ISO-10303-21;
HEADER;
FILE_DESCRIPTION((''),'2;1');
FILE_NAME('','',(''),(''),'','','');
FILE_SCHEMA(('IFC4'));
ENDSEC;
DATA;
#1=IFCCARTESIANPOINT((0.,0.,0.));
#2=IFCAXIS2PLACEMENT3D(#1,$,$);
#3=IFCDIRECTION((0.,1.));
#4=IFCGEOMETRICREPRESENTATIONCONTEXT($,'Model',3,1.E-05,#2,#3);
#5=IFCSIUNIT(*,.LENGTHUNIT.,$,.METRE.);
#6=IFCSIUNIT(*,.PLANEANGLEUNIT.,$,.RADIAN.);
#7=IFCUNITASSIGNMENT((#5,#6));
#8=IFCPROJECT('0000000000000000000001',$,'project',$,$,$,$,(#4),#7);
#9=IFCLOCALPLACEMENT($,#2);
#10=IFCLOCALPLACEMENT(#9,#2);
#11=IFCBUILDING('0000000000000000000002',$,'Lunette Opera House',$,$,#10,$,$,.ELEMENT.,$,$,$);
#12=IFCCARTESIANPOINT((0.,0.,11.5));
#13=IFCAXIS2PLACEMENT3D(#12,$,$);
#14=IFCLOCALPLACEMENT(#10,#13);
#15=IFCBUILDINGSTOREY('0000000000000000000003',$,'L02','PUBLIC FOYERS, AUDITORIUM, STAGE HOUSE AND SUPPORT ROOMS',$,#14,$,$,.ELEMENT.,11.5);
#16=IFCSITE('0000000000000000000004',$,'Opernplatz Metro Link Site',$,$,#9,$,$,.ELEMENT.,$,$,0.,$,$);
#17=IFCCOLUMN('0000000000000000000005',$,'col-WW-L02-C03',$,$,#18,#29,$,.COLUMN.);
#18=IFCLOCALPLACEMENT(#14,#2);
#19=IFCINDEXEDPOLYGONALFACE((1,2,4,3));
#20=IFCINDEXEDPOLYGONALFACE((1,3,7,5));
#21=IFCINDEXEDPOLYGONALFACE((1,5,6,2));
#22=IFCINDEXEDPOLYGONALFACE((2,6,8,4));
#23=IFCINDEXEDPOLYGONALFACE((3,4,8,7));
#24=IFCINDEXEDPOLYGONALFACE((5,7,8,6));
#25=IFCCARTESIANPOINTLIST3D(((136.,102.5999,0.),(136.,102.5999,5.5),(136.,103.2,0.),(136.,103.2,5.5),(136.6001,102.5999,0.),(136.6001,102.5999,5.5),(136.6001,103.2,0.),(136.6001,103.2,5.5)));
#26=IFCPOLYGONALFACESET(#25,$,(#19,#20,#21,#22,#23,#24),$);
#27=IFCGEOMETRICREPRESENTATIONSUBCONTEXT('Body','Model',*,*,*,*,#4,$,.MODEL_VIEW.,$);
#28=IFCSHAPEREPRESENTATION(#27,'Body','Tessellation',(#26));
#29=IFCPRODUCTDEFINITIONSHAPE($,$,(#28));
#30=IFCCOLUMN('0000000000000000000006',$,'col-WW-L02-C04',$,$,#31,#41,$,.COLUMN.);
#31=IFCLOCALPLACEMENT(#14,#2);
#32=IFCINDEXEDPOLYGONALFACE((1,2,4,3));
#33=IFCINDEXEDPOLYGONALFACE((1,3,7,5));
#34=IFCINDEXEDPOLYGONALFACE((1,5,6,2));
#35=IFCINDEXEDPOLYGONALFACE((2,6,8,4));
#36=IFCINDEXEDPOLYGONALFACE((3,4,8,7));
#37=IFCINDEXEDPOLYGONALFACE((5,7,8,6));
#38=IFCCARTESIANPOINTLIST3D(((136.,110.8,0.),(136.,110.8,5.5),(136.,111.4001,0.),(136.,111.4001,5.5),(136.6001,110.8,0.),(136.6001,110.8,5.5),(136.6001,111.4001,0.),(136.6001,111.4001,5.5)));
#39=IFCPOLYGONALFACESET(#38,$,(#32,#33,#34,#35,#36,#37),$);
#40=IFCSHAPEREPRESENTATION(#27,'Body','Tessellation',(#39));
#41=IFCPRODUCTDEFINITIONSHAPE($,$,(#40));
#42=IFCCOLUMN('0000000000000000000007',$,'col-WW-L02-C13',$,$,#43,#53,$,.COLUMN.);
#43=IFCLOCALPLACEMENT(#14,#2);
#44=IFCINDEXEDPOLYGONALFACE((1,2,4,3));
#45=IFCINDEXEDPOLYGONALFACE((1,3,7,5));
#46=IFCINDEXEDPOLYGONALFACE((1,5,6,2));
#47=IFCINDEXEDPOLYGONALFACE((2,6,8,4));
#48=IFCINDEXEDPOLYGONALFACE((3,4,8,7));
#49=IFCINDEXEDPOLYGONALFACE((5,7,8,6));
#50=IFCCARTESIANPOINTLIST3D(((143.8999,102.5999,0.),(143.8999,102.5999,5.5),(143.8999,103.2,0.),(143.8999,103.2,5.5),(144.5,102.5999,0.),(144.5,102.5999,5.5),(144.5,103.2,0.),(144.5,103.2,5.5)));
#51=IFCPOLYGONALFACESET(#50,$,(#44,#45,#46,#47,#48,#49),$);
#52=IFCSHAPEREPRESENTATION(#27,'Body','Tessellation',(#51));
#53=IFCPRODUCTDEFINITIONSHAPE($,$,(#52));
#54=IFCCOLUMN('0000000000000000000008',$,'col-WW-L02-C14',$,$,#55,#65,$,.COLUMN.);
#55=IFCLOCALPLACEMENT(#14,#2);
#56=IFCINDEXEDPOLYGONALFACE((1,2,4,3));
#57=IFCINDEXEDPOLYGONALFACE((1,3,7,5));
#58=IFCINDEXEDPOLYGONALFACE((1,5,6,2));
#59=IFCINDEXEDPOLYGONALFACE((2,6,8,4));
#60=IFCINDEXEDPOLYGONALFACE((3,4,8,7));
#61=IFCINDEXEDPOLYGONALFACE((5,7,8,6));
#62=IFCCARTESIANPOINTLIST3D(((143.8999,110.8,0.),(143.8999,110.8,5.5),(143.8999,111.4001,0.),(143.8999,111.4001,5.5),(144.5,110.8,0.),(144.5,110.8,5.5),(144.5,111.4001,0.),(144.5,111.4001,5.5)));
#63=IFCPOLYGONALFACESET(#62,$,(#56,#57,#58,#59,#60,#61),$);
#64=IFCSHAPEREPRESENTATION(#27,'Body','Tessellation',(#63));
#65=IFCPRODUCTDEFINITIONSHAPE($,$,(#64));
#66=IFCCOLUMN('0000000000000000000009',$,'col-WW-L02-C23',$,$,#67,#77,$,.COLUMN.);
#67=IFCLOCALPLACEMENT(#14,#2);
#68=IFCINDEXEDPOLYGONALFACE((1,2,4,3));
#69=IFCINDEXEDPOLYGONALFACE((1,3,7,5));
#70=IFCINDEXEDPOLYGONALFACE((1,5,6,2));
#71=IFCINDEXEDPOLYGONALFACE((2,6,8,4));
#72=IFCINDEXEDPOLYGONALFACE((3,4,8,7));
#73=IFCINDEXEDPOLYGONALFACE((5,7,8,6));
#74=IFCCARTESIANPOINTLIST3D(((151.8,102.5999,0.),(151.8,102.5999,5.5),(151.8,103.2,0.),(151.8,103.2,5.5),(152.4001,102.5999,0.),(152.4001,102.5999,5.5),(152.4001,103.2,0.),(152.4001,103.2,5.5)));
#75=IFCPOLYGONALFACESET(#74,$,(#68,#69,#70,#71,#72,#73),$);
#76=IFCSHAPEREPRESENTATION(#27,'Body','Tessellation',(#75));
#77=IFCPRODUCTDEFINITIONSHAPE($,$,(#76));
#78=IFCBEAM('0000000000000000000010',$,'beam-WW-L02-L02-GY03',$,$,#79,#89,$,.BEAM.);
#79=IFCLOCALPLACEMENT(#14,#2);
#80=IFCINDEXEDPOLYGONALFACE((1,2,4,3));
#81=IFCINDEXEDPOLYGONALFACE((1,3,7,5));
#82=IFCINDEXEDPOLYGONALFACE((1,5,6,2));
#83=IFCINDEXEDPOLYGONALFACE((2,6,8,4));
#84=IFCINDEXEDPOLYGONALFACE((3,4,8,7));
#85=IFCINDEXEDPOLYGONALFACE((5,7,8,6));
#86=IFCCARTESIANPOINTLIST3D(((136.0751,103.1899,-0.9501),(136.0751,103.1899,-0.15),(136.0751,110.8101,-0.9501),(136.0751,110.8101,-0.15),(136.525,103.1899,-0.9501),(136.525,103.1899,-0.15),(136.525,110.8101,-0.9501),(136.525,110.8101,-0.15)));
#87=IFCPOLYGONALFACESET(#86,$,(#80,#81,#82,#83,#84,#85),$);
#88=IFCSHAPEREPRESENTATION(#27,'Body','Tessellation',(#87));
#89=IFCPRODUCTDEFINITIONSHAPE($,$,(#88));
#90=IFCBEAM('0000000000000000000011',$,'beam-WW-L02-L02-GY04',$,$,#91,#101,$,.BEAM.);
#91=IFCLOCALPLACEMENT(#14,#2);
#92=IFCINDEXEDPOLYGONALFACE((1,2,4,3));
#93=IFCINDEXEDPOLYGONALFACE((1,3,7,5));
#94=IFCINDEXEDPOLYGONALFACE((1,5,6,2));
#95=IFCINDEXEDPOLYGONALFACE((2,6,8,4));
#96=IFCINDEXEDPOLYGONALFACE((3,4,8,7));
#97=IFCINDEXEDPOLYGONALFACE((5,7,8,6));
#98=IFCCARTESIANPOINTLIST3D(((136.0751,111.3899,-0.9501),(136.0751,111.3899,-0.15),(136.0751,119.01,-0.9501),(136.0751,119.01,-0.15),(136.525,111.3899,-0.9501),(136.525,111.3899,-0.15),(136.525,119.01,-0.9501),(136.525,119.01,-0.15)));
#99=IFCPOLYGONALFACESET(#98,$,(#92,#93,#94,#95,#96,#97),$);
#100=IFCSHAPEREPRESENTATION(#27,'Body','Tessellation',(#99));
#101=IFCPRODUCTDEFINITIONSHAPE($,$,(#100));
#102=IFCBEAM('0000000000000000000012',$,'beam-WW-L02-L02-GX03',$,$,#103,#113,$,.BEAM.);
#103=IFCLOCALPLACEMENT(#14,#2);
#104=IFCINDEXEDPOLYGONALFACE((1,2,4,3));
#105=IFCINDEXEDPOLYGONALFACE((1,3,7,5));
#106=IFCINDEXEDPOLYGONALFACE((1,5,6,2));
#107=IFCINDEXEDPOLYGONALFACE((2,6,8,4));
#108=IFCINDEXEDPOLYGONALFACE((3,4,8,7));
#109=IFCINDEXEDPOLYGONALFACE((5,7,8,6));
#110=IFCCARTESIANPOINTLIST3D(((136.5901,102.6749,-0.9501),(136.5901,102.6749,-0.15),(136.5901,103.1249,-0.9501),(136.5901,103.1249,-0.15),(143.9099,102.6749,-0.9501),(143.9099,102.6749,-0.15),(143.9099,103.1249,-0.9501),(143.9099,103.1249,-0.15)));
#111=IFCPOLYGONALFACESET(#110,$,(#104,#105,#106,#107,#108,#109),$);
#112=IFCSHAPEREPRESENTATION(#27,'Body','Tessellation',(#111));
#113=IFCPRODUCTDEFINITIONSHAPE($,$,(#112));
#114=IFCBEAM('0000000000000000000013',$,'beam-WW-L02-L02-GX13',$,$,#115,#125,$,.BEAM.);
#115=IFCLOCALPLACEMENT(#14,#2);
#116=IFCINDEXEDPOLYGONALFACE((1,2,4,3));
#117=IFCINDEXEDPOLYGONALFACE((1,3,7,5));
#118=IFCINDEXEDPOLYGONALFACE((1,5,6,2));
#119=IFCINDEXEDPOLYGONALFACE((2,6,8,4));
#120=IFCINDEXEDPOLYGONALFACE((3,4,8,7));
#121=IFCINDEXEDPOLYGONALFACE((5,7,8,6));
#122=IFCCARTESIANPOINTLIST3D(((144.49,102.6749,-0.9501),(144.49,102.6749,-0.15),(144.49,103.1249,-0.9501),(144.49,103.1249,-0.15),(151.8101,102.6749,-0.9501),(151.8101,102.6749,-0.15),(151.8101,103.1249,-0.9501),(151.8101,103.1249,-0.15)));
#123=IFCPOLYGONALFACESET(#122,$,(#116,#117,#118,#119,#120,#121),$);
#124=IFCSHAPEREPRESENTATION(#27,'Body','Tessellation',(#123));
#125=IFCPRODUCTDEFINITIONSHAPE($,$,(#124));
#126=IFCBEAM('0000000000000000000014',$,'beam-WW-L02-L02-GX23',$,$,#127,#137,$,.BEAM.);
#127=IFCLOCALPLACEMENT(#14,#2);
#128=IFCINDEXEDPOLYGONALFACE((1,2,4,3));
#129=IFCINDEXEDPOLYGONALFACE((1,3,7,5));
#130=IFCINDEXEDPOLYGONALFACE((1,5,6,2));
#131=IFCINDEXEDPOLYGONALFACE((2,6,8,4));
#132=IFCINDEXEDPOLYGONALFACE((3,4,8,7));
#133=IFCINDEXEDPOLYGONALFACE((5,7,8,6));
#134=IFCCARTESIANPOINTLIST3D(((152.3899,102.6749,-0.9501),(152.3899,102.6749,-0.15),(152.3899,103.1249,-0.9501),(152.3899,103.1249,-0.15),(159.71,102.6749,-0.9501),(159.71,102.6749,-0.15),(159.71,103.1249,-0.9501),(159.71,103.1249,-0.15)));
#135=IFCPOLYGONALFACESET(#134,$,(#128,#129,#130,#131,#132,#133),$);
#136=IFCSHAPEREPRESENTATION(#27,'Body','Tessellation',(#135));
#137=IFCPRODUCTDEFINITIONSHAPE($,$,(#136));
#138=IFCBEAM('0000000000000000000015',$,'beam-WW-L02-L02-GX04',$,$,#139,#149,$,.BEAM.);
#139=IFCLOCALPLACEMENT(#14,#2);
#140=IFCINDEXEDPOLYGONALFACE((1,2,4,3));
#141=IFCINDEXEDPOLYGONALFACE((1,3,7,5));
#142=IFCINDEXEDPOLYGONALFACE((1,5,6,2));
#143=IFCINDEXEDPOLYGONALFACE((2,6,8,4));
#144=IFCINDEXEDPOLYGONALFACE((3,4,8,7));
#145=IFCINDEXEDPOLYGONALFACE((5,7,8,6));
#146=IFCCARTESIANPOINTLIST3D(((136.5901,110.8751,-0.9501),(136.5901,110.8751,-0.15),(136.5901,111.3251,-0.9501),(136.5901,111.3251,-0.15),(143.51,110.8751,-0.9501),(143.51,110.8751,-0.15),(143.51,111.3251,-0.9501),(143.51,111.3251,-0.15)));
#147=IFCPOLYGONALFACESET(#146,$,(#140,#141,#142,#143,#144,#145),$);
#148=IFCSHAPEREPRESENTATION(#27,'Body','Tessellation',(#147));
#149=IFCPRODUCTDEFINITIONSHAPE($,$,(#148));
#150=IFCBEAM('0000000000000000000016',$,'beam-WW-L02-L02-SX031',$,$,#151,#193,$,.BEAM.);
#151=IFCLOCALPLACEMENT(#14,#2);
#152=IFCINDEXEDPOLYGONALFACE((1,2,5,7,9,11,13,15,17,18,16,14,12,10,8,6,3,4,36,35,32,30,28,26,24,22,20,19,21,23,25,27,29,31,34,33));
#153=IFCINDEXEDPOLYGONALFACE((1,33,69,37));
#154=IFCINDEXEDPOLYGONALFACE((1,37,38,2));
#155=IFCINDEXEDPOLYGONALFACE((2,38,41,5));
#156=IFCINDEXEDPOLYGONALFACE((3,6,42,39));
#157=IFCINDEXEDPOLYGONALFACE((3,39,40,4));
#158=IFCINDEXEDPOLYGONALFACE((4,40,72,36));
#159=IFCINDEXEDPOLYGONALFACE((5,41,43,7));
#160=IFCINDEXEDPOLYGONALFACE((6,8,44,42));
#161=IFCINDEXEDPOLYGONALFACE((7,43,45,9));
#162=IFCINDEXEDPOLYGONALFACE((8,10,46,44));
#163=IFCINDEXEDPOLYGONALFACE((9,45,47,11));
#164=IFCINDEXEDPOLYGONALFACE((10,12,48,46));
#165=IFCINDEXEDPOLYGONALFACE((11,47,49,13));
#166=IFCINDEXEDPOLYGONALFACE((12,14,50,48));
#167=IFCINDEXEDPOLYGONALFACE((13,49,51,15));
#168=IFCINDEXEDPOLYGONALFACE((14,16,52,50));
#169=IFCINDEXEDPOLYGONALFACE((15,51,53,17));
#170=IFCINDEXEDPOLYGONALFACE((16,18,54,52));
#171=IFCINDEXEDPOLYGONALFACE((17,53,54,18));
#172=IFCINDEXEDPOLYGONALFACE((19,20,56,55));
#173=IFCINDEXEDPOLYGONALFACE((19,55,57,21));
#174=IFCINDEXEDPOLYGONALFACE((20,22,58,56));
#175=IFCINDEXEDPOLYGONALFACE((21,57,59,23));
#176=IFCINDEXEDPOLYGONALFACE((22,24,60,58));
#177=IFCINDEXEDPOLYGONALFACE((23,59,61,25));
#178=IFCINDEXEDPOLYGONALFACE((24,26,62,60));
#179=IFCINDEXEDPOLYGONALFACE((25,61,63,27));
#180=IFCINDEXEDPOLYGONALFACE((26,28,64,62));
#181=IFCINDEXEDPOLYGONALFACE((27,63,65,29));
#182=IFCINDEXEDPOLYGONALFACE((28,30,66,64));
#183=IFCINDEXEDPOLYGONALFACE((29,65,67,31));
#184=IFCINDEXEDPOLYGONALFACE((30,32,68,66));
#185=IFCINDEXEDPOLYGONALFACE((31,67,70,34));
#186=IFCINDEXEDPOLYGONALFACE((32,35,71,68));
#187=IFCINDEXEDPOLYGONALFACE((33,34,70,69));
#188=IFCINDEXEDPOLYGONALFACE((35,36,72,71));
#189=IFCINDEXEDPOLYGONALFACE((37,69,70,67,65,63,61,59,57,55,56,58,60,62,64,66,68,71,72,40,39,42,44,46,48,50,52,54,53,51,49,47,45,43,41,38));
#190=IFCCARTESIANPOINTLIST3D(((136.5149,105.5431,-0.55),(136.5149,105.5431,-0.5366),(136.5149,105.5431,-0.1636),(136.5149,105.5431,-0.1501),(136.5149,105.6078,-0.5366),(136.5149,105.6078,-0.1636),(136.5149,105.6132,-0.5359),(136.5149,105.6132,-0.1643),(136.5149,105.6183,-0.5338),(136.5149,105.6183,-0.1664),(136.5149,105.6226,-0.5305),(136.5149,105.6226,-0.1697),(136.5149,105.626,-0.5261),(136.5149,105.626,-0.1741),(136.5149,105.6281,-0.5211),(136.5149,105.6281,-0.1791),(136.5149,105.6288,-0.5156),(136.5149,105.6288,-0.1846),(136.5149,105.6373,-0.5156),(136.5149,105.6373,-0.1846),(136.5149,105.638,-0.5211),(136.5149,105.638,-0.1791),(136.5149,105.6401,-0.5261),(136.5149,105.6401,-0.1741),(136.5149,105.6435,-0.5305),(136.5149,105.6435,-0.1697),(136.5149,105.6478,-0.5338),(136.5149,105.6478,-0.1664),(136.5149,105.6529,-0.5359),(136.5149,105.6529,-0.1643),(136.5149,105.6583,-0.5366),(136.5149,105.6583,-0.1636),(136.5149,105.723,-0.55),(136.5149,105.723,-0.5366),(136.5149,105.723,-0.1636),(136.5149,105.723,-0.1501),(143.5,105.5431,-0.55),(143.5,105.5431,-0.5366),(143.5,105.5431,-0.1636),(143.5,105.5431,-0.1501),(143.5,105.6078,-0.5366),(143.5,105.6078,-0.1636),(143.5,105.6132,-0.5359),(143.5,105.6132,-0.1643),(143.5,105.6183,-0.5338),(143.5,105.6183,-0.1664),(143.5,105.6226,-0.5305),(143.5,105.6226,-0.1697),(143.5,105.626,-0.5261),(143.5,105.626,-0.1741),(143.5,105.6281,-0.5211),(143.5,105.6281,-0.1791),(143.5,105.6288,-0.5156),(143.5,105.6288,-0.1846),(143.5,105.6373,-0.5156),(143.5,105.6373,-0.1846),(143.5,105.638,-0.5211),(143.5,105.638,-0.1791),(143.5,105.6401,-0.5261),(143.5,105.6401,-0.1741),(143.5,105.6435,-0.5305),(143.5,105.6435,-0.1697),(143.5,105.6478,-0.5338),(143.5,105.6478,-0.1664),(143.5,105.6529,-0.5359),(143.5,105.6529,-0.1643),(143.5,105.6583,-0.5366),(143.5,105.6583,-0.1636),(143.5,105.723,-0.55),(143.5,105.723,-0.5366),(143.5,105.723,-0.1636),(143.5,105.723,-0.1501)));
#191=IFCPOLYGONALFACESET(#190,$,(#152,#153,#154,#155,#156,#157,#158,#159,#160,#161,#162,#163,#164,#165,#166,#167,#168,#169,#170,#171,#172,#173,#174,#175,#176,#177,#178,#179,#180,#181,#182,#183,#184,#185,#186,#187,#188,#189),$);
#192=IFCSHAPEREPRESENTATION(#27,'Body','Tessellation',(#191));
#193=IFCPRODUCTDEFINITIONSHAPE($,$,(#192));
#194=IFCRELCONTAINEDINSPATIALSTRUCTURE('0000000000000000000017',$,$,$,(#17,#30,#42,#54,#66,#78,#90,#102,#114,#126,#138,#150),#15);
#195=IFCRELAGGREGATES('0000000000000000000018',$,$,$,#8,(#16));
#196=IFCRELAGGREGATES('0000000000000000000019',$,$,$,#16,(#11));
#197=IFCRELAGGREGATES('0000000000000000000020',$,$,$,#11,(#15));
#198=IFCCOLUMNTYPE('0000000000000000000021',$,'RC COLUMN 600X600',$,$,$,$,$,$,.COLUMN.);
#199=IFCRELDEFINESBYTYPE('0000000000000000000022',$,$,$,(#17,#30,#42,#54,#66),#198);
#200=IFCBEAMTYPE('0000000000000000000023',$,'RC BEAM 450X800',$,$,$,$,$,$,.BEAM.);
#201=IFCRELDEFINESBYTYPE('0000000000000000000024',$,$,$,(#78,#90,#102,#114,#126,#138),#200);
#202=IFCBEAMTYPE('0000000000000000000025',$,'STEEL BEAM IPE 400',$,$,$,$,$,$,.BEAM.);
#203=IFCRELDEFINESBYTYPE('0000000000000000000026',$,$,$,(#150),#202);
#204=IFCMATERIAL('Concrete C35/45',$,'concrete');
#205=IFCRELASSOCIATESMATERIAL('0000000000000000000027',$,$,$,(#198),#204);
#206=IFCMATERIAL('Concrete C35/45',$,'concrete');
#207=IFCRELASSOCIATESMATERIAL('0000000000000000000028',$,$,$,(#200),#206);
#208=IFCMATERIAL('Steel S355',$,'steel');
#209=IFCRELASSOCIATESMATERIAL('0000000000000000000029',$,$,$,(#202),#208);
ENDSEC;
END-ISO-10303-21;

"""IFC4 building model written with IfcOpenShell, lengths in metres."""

from ifc_helpers import new_model, si_unit, direction, frame, origin, origin_2d, place, context, subcontext, project, spatial, rectangle, i_section, extrude, material, material_profile, profile_set, type_object, element, save


model = new_model("IFC4")

# Units and contexts
model_context = context("Model", 3, precision=1e-05, world=origin(), true_north=direction((0.0, 1.0)))
body_context = subcontext(model_context, "Body", "Model", "MODEL_VIEW")
ifc_project = project(units=[si_unit("LENGTHUNIT", "METRE"), si_unit("PLANEANGLEUNIT", "RADIAN")], contexts=[model_context])

# Site, building, storey
site_placement = place(None, origin())
site = spatial("IfcSite", under=ifc_project, at=site_placement, Name="Opernplatz Metro Link Site", CompositionType="ELEMENT", RefElevation=0.0)
building_placement = place(site_placement, origin())
building = spatial("IfcBuilding", under=site, at=building_placement, Name="Lunette Opera House", CompositionType="ELEMENT")
storey_placement = place(building_placement, frame((0.0, 0.0, 11.5)))
storey = spatial("IfcBuildingStorey", under=building, at=storey_placement, Name="L02", Description="PUBLIC FOYERS, AUDITORIUM, STAGE HOUSE AND SUPPORT ROOMS", CompositionType="ELEMENT", Elevation=11.5)

# Columns
ifc_material_1 = material(Name="Concrete C35/45", Category="concrete")
ifc_material_profile_1 = material_profile(ifc_material_1, rectangle(XDim=0.6001, YDim=0.6001, at=origin_2d()), Name="RC COLUMN 600X600")
ifc_profile_set_1 = profile_set([ifc_material_profile_1], Name="Concrete C35/45")
column_type = type_object("IfcColumnType", Name="RC COLUMN 600X600", PredefinedType="COLUMN", material=ifc_profile_set_1)
for number, where, z_axis, x_axis, name in (
    (1, (136.3, 102.8999, 0.0), (0.0, 0.0, 1.0), (1.0, 0.0, 0.0), "col-WW-L02-C03"),
    (2, (136.3, 111.1001, 0.0), (0.0, 0.0, 1.0), (1.0, 0.0, 0.0), "col-WW-L02-C04"),
    (3, (144.2, 102.8999, 0.0), (0.0, 0.0, 1.0), (1.0, 0.0, 0.0), "col-WW-L02-C13"),
    (4, (144.2, 111.1001, 0.0), (0.0, 0.0, 1.0), (1.0, 0.0, 0.0), "col-WW-L02-C14"),
    (5, (152.1001, 102.8999, 0.0), (0.0, 0.0, 1.0), (1.0, 0.0, 0.0), "col-WW-L02-C23"),
):
    element("IfcColumn", number, at=place(storey_placement, frame(where, z_axis=z_axis, x_axis=x_axis)), inside=storey, type_object=column_type, Name=name, PredefinedType="COLUMN", context=body_context, shape_type="SweptSolid", body=[
        extrude(rectangle(XDim=0.6001, YDim=0.6001, at=origin_2d()), origin(), (0.0, 0.0, 1.0), 5.5),
    ])

# Beams
ifc_material_2 = material(Name="Concrete C35/45", Category="concrete")
ifc_material_profile_2 = material_profile(ifc_material_2, rectangle(XDim=0.45, YDim=0.8, at=origin_2d()), Name="RC BEAM 450X800")
ifc_profile_set_2 = profile_set([ifc_material_profile_2], Name="Concrete C35/45")
beam_type_1 = type_object("IfcBeamType", Name="RC BEAM 450X800", PredefinedType="BEAM", material=ifc_profile_set_2)
for number, where, z_axis, x_axis, name in (
    (6, (136.3, 103.1899, -0.55), (0.0, 1.0, 0.0), (-1.0, 0.0, 0.0), "beam-WW-L02-L02-GY03"),
    (7, (136.3, 111.3899, -0.55), (0.0, 1.0, 0.0), (-1.0, 0.0, 0.0), "beam-WW-L02-L02-GY04"),
):
    element("IfcBeam", number, at=place(storey_placement, frame(where, z_axis=z_axis, x_axis=x_axis)), inside=storey, type_object=beam_type_1, Name=name, PredefinedType="BEAM", context=body_context, shape_type="SweptSolid", body=[
        extrude(rectangle(XDim=0.45, YDim=0.8, at=origin_2d()), origin(), (0.0, 0.0, 1.0), 7.6201),
    ])
beam_1_placement = place(storey_placement, frame((136.5901, 102.8999, -0.55), z_axis=(1.0, 0.0, 0.0), x_axis=(0.0, 1.0, 0.0)))
element("IfcBeam", 8, at=beam_1_placement, inside=storey, type_object=beam_type_1, Name="beam-WW-L02-L02-GX03", PredefinedType="BEAM", context=body_context, shape_type="SweptSolid", body=[
    extrude(rectangle(XDim=0.45, YDim=0.8, at=origin_2d()), origin(), (0.0, 0.0, 1.0), 7.3198),
])
for number, where, z_axis, x_axis, name in (
    (9, (144.49, 102.8999, -0.55), (1.0, 0.0, 0.0), (0.0, 1.0, 0.0), "beam-WW-L02-L02-GX13"),
    (10, (152.3899, 102.8999, -0.55), (1.0, 0.0, 0.0), (0.0, 1.0, 0.0), "beam-WW-L02-L02-GX23"),
):
    element("IfcBeam", number, at=place(storey_placement, frame(where, z_axis=z_axis, x_axis=x_axis)), inside=storey, type_object=beam_type_1, Name=name, PredefinedType="BEAM", context=body_context, shape_type="SweptSolid", body=[
        extrude(rectangle(XDim=0.45, YDim=0.8, at=origin_2d()), origin(), (0.0, 0.0, 1.0), 7.3201),
    ])
beam_2_placement = place(storey_placement, frame((136.5901, 111.1001, -0.55), z_axis=(1.0, 0.0, 0.0), x_axis=(0.0, 1.0, 0.0)))
element("IfcBeam", 11, at=beam_2_placement, inside=storey, type_object=beam_type_1, Name="beam-WW-L02-L02-GX04", PredefinedType="BEAM", context=body_context, shape_type="SweptSolid", body=[
    extrude(rectangle(XDim=0.45, YDim=0.8, at=origin_2d()), origin(), (0.0, 0.0, 1.0), 6.9199),
])
ifc_material_3 = material(Name="Steel S355", Category="steel")
ifc_material_profile_3 = material_profile(ifc_material_3, i_section(OverallWidth=0.1799, OverallDepth=0.3999, WebThickness=0.0085, FlangeThickness=0.0134, FilletRadius=0.021, at=origin_2d()), Name="IPE 400")
ifc_profile_set_3 = profile_set([ifc_material_profile_3], Name="Steel S355")
beam_type_2 = type_object("IfcBeamType", Name="STEEL BEAM IPE 400", PredefinedType="BEAM", material=ifc_profile_set_3)
for number, where, z_axis, x_axis, name in (
    (12, (136.5149, 105.6331, -0.3501), (1.0, 0.0, 0.0), (0.0, 1.0, 0.0), "beam-WW-L02-L02-SX031"),
):
    element("IfcBeam", number, at=place(storey_placement, frame(where, z_axis=z_axis, x_axis=x_axis)), inside=storey, type_object=beam_type_2, Name=name, PredefinedType="BEAM", context=body_context, shape_type="SweptSolid", body=[
        extrude(i_section(OverallWidth=0.1799, OverallDepth=0.3999, WebThickness=0.0085, FlangeThickness=0.0134, FilletRadius=0.021, at=origin_2d()), origin(), (0.0, 0.0, 1.0), 6.9851),
    ])

save(model, "model.ifc")
